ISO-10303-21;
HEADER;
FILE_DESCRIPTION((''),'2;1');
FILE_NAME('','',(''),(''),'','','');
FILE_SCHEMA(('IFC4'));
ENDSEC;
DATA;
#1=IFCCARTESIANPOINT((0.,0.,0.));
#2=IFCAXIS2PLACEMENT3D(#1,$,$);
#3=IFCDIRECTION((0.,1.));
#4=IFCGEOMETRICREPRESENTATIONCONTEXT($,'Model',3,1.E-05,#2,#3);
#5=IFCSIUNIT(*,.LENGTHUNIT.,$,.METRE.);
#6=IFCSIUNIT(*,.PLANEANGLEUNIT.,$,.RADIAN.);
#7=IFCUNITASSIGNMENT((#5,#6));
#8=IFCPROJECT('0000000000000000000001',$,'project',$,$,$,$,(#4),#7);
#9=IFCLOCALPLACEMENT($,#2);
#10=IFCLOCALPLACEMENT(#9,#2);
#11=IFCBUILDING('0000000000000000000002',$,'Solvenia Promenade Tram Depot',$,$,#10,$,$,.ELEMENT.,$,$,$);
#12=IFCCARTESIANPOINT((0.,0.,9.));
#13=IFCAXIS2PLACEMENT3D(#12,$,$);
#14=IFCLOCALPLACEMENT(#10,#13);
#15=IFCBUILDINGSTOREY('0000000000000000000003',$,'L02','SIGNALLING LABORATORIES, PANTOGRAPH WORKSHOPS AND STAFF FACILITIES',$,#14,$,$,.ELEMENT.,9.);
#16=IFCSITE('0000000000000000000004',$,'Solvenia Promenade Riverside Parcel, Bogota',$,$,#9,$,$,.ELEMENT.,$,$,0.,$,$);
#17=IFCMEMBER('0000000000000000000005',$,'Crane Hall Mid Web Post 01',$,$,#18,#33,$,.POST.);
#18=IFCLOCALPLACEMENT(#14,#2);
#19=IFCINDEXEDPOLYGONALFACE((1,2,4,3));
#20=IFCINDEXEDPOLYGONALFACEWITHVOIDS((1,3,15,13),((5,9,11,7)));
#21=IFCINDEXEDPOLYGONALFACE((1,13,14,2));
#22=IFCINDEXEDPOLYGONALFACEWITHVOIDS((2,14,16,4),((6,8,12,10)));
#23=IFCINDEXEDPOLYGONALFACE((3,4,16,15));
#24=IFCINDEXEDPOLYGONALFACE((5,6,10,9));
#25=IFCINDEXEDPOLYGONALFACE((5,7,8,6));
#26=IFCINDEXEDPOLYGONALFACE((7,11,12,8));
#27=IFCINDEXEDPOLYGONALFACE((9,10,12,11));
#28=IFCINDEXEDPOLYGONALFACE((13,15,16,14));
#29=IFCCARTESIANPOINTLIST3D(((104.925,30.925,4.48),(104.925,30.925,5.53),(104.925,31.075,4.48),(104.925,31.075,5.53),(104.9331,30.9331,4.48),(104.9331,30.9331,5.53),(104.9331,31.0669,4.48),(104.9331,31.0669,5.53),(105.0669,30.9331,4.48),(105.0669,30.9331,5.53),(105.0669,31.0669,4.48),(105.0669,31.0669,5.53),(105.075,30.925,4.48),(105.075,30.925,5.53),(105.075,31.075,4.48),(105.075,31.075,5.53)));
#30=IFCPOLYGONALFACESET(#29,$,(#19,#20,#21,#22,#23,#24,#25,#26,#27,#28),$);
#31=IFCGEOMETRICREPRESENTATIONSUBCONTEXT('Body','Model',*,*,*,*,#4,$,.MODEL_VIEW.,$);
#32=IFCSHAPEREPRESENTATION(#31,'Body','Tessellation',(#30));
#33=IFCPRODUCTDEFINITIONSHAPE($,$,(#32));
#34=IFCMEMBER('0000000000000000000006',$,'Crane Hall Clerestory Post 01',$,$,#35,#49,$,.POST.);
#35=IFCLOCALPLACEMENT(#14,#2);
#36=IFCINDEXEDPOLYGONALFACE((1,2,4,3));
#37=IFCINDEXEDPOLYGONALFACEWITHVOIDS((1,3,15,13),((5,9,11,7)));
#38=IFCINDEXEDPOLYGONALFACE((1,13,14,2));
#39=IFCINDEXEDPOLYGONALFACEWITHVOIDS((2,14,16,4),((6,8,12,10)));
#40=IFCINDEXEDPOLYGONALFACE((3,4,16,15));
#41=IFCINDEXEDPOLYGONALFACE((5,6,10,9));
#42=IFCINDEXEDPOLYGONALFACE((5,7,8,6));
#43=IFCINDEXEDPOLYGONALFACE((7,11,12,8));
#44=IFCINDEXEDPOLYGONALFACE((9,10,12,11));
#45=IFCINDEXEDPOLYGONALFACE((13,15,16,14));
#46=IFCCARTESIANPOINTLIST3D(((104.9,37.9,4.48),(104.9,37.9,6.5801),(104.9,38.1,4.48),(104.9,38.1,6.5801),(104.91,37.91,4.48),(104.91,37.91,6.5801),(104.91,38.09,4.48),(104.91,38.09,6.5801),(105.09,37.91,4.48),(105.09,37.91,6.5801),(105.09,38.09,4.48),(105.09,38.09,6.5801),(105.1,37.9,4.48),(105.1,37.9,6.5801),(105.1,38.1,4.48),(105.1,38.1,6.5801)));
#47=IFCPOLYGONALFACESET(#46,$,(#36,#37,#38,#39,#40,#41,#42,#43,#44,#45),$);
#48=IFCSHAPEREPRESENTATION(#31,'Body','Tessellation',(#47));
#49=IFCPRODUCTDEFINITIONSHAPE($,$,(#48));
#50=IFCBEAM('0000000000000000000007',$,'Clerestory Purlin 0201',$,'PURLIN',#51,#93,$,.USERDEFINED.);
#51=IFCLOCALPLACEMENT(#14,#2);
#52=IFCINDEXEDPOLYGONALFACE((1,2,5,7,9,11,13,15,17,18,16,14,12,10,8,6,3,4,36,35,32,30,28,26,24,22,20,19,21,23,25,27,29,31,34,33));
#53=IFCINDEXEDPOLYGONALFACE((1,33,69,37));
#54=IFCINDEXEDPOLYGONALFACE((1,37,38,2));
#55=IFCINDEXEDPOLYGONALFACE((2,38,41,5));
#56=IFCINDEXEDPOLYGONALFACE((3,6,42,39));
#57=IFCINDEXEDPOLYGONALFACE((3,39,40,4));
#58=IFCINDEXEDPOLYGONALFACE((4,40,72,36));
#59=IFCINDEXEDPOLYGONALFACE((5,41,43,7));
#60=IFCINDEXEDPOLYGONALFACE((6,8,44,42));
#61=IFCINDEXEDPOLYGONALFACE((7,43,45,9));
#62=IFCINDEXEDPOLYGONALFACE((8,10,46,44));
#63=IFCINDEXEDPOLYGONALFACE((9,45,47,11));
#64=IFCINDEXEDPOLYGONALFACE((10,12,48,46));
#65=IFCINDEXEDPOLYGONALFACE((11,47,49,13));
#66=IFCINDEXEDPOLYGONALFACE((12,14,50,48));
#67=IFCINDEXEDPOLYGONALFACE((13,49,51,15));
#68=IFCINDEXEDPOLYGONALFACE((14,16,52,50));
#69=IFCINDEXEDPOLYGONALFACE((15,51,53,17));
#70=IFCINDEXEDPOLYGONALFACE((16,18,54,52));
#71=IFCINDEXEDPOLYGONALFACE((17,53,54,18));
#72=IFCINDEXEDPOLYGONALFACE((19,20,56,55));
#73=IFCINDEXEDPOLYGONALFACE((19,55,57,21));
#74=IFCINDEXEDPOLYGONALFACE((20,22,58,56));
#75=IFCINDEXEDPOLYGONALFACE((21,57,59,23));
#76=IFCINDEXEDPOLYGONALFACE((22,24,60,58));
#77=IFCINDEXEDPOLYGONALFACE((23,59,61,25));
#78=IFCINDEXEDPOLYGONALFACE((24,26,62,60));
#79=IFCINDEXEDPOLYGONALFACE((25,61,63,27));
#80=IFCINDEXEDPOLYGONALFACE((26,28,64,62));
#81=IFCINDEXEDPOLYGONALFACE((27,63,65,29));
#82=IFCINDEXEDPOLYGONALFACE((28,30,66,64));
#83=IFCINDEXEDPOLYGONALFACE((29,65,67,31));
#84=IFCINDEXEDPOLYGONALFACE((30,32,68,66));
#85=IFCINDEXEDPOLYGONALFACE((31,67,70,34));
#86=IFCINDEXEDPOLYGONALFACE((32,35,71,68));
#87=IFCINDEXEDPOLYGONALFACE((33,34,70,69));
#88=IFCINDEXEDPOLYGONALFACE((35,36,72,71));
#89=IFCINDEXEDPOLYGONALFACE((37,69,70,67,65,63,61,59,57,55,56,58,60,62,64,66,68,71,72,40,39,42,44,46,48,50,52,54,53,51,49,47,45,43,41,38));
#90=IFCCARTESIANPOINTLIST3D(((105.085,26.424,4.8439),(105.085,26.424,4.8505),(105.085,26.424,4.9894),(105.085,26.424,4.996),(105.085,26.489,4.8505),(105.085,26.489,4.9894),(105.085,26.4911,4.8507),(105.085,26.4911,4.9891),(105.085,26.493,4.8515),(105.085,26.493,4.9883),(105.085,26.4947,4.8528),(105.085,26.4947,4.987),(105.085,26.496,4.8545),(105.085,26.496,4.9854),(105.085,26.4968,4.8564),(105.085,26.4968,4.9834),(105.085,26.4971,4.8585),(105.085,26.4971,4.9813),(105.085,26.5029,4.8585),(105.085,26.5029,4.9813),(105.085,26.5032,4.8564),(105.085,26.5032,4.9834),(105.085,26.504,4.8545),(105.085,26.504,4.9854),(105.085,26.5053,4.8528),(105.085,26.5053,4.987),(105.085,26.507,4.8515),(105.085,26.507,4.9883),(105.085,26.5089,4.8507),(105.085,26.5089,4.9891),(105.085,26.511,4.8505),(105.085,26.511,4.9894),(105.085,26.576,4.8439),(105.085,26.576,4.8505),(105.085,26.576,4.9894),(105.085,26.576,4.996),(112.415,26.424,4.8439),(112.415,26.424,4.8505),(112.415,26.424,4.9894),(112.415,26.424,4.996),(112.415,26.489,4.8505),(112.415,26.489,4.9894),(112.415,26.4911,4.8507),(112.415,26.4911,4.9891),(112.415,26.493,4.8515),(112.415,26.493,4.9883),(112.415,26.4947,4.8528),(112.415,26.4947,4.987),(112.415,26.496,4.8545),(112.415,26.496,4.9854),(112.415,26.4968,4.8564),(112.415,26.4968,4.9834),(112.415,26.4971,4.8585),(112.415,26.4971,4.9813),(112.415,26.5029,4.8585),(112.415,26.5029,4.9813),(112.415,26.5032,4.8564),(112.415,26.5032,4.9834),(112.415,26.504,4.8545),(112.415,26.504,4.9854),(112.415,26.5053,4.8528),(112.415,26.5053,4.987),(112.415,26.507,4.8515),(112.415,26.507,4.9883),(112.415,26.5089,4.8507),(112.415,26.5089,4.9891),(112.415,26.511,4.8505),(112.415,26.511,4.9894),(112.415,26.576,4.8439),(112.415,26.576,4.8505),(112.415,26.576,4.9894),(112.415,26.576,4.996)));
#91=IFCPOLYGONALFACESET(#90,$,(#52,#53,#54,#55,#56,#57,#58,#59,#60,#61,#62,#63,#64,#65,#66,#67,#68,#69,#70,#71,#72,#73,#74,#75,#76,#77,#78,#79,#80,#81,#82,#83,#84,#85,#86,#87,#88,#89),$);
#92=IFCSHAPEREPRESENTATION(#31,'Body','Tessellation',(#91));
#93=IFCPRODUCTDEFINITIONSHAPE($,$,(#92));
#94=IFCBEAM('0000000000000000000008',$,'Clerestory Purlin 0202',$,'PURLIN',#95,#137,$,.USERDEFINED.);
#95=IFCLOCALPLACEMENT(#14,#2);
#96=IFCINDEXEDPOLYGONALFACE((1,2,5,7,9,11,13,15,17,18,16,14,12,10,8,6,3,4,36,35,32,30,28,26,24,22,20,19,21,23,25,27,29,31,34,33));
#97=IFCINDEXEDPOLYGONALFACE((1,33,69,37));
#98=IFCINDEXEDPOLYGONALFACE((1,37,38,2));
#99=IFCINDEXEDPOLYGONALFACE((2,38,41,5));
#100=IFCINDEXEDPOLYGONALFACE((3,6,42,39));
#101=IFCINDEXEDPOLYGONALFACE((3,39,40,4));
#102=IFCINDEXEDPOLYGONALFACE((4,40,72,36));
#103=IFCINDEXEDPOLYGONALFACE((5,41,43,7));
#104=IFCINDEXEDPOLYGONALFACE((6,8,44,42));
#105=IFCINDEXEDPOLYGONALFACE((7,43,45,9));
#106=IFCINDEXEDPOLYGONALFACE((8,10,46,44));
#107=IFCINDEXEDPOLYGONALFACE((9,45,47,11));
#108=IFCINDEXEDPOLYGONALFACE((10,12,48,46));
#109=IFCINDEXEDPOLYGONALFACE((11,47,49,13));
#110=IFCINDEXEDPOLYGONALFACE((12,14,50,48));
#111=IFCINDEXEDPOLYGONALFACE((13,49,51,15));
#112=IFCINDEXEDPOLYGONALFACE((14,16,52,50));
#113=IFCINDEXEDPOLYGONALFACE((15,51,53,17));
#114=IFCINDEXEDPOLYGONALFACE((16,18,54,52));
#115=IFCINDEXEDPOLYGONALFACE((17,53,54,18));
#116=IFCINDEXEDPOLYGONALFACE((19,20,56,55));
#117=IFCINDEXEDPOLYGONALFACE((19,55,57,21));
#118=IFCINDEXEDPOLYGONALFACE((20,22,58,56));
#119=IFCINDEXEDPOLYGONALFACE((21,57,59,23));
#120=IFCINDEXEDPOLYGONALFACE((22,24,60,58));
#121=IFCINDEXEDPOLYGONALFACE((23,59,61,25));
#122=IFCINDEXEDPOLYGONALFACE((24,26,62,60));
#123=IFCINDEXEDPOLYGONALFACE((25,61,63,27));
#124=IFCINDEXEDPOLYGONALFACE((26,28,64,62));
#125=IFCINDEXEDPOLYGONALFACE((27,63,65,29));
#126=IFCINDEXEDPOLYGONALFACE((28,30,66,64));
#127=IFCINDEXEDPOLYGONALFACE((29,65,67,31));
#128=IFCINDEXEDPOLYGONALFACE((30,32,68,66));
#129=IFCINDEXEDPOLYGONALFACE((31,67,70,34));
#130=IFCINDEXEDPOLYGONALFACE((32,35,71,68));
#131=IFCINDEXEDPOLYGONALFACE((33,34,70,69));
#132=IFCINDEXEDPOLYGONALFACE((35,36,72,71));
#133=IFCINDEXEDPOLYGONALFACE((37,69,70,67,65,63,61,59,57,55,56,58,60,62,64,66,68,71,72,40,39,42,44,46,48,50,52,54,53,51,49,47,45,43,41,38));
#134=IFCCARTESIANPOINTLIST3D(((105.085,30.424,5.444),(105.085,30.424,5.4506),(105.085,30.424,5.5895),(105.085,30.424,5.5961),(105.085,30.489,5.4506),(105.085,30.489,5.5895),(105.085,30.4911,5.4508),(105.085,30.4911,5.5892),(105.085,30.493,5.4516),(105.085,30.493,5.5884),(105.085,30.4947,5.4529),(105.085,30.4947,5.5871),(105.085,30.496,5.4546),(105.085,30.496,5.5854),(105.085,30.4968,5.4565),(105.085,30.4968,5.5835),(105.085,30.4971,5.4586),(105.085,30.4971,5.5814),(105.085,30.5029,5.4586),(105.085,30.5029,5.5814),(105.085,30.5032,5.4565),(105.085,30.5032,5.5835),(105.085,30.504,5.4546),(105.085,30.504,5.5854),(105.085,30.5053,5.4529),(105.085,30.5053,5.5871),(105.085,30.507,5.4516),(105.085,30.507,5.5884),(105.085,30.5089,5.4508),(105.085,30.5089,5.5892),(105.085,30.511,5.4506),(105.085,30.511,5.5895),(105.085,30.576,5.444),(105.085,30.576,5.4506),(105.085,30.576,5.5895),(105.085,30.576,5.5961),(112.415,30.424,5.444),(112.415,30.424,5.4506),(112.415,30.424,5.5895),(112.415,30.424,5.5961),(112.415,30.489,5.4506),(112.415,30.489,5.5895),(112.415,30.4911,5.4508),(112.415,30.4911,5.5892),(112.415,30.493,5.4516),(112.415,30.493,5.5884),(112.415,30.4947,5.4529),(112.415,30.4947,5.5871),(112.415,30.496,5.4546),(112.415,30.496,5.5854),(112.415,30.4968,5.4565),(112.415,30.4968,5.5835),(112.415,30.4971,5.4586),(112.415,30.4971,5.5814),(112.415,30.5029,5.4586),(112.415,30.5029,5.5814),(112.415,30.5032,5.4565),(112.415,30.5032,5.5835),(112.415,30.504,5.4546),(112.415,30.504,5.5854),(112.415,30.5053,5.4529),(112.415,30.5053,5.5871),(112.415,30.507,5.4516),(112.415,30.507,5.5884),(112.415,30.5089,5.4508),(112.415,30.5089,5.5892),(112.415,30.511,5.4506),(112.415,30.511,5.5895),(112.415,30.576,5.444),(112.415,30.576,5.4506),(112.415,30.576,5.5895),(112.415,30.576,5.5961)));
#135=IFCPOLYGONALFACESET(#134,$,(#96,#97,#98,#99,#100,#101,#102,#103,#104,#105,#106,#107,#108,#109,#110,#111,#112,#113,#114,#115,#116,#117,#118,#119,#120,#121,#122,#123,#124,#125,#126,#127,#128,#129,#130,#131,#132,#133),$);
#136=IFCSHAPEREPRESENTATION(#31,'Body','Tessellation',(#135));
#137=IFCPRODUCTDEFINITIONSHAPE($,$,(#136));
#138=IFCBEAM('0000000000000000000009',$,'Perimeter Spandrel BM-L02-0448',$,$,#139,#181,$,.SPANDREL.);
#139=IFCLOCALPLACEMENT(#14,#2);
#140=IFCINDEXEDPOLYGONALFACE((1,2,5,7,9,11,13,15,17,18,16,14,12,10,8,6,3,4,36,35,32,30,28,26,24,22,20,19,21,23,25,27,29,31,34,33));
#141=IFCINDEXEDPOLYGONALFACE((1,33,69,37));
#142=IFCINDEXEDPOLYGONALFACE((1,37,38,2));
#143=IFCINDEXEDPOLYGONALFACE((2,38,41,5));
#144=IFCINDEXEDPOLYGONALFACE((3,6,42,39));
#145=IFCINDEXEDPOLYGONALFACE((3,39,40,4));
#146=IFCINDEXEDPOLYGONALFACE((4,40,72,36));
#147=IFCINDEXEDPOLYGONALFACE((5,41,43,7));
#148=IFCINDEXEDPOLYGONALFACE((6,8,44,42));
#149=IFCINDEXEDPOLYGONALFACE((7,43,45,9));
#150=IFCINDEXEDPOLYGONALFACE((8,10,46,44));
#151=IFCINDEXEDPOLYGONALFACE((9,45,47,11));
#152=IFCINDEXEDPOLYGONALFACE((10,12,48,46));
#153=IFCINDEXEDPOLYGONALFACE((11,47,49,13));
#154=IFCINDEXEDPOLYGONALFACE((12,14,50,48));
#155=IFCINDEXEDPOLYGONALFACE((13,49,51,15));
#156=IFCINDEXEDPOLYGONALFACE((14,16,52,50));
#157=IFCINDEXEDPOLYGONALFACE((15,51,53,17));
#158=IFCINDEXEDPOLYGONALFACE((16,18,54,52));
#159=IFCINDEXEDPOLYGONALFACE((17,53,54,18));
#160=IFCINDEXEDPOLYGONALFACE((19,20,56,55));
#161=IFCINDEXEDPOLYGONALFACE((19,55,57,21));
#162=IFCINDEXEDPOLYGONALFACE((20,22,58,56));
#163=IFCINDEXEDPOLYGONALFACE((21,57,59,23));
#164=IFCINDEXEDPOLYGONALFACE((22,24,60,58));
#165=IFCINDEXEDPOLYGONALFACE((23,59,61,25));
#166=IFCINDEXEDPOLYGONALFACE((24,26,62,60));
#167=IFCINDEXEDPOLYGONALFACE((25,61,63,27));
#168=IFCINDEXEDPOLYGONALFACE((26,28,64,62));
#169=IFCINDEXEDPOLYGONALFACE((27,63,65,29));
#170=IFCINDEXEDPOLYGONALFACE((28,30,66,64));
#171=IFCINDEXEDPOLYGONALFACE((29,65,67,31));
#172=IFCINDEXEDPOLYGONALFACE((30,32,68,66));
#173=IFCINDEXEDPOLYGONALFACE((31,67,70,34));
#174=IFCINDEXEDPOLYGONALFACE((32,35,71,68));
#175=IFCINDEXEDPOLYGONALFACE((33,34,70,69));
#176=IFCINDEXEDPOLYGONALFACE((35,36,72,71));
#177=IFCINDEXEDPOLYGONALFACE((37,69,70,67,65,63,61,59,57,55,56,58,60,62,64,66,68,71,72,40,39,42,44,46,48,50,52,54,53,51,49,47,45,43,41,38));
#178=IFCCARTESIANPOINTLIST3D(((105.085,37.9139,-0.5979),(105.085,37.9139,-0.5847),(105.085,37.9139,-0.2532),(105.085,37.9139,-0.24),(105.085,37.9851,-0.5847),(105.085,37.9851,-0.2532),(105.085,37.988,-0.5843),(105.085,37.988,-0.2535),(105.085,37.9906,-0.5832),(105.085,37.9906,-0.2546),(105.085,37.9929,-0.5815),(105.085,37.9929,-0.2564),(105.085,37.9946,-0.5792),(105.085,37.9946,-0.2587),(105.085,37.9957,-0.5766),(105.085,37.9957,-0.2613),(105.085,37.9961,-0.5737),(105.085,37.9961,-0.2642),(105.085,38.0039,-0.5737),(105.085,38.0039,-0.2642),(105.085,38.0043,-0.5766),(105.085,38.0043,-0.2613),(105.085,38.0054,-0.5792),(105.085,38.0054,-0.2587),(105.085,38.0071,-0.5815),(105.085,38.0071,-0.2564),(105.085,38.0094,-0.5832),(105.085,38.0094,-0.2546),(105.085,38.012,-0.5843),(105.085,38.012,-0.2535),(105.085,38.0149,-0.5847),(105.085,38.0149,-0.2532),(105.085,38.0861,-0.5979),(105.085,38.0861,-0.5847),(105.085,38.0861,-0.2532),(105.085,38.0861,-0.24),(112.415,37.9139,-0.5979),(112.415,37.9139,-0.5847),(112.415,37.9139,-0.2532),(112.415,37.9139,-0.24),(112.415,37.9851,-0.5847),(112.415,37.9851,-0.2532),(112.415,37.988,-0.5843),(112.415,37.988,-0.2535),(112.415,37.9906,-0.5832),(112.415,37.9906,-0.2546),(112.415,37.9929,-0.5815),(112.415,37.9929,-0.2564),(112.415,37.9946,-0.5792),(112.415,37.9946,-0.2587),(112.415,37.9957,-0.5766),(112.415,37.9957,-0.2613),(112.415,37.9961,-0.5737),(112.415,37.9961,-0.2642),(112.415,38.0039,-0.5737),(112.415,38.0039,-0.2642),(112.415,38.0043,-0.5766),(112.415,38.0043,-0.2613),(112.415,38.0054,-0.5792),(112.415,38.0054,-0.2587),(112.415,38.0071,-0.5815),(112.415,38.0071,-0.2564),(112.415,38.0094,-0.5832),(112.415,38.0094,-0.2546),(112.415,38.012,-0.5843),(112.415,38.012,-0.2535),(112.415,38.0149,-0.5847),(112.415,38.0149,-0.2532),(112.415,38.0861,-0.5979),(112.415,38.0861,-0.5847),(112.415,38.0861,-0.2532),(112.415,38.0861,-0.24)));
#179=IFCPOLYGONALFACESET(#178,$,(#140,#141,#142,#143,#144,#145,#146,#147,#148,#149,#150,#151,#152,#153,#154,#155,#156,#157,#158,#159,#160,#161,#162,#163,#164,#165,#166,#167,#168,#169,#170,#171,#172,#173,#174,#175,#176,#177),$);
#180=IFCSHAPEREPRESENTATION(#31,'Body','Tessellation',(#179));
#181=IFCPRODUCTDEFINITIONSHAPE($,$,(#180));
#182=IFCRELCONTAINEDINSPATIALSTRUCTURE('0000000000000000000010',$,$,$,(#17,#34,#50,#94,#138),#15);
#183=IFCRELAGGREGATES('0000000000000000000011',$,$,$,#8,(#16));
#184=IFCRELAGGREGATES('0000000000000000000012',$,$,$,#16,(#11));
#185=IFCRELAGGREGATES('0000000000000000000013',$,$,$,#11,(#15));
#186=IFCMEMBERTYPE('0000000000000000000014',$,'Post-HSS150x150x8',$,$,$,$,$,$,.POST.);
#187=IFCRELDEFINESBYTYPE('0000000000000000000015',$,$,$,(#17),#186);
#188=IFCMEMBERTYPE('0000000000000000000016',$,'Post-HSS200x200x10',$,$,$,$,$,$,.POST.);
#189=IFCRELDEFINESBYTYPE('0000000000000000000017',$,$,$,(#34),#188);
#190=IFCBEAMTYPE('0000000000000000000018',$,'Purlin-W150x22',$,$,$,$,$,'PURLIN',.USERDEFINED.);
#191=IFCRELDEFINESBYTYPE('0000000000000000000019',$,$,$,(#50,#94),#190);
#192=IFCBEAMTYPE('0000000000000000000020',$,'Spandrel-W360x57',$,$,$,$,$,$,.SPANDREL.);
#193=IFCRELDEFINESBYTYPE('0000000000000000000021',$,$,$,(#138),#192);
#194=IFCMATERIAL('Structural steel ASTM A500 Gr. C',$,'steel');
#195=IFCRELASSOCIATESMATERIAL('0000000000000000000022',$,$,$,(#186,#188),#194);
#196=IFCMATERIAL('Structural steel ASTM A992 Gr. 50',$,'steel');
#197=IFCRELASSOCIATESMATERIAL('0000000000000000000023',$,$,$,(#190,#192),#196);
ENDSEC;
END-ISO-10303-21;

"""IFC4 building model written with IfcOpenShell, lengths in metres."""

from ifc_helpers import new_model, si_unit, direction, frame, origin, origin_2d, place, context, subcontext, project, spatial, hollow_rectangle, i_section, extrude, material, material_profile, profile_set, type_object, element, save


model = new_model("IFC4")

# Units and contexts
model_context = context("Model", 3, precision=1e-05, world=origin(), true_north=direction((0.0, 1.0)))
body_context = subcontext(model_context, "Body", "Model", "MODEL_VIEW")
ifc_project = project(units=[si_unit("LENGTHUNIT", "METRE"), si_unit("PLANEANGLEUNIT", "RADIAN")], contexts=[model_context])

# Site, building, storey
site_placement = place(None, origin())
site = spatial("IfcSite", under=ifc_project, at=site_placement, Name="Solvenia Promenade Riverside Parcel, Bogota", CompositionType="ELEMENT", RefElevation=0.0)
building_placement = place(site_placement, origin())
building = spatial("IfcBuilding", under=site, at=building_placement, Name="Solvenia Promenade Tram Depot", CompositionType="ELEMENT")
storey_placement = place(building_placement, frame((0.0, 0.0, 9.0)))
storey = spatial("IfcBuildingStorey", under=building, at=storey_placement, Name="L02", Description="SIGNALLING LABORATORIES, PANTOGRAPH WORKSHOPS AND STAFF FACILITIES", CompositionType="ELEMENT", Elevation=9.0)

# Shared definitions
ifc_material_1 = material(Name="Structural steel ASTM A992 Gr. 50", Category="steel")

# Shared definitions
ifc_material_2 = material(Name="Structural steel ASTM A500 Gr. C", Category="steel")

# Members
ifc_material_profile_1 = material_profile(ifc_material_2, hollow_rectangle(XDim=0.1499, YDim=0.1499, WallThickness=0.0081, at=origin_2d()), Name="HSS150x150x8", Category="steel")
ifc_profile_set_1 = profile_set([ifc_material_profile_1], Name="Structural steel ASTM A500 Gr. C")
member_type_1 = type_object("IfcMemberType", Name="Post-HSS150x150x8", PredefinedType="POST", material=ifc_profile_set_1)
member_1_placement = place(storey_placement, frame((105.0, 31.0, 4.48), z_axis=(0.0, 0.0, 1.0), x_axis=(1.0, 0.0, 0.0)))
element("IfcMember", 1, at=member_1_placement, inside=storey, type_object=member_type_1, Name="Crane Hall Mid Web Post 01", PredefinedType="POST", context=body_context, shape_type="SweptSolid", body=[
    extrude(hollow_rectangle(XDim=0.1499, YDim=0.1499, WallThickness=0.0081, at=origin_2d()), origin(), (0.0, 0.0, 1.0), 1.05),
])
ifc_material_profile_2 = material_profile(ifc_material_2, hollow_rectangle(XDim=0.2, YDim=0.2, WallThickness=0.01, at=origin_2d()), Name="HSS200x200x10", Category="steel")
ifc_profile_set_2 = profile_set([ifc_material_profile_2], Name="Structural steel ASTM A500 Gr. C")
member_type_2 = type_object("IfcMemberType", Name="Post-HSS200x200x10", PredefinedType="POST", material=ifc_profile_set_2)
member_2_placement = place(storey_placement, frame((105.0, 38.0, 4.48), z_axis=(0.0, 0.0, 1.0), x_axis=(1.0, 0.0, 0.0)))
element("IfcMember", 2, at=member_2_placement, inside=storey, type_object=member_type_2, Name="Crane Hall Clerestory Post 01", PredefinedType="POST", context=body_context, shape_type="SweptSolid", body=[
    extrude(hollow_rectangle(XDim=0.2, YDim=0.2, WallThickness=0.01, at=origin_2d()), origin(), (0.0, 0.0, 1.0), 2.1001),
])

# Beams
ifc_material_profile_3 = material_profile(ifc_material_1, i_section(OverallWidth=0.1521, OverallDepth=0.1521, WebThickness=0.0059, FlangeThickness=0.0066, FilletRadius=0.0081, at=origin_2d()), Name="W150x22", Category="steel")
ifc_profile_set_3 = profile_set([ifc_material_profile_3], Name="Structural steel ASTM A992 Gr. 50")
beam_type_1 = type_object("IfcBeamType", Name="Purlin-W150x22", ElementType="PURLIN", PredefinedType="USERDEFINED", material=ifc_profile_set_3)
for number, where, z_axis, x_axis, name in (
    (3, (105.085, 26.5, 4.9199), (1.0, 0.0, 0.0), (0.0, 1.0, 0.0), "Clerestory Purlin 0201"),
    (4, (105.085, 30.5, 5.52), (1.0, 0.0, 0.0), (0.0, 1.0, 0.0), "Clerestory Purlin 0202"),
):
    element("IfcBeam", number, at=place(storey_placement, frame(where, z_axis=z_axis, x_axis=x_axis)), inside=storey, type_object=beam_type_1, Name=name, ObjectType="PURLIN", PredefinedType="USERDEFINED", context=body_context, shape_type="SweptSolid", body=[
        extrude(i_section(OverallWidth=0.1521, OverallDepth=0.1521, WebThickness=0.0059, FlangeThickness=0.0066, FilletRadius=0.0081, at=origin_2d()), origin(), (0.0, 0.0, 1.0), 7.3301),
    ])
ifc_material_profile_4 = material_profile(ifc_material_1, i_section(OverallWidth=0.1721, OverallDepth=0.3579, WebThickness=0.0078, FlangeThickness=0.0132, FilletRadius=0.011, at=origin_2d()), Name="W360x57", Category="steel")
ifc_profile_set_4 = profile_set([ifc_material_profile_4], Name="Structural steel ASTM A992 Gr. 50")
beam_type_2 = type_object("IfcBeamType", Name="Spandrel-W360x57", PredefinedType="SPANDREL", material=ifc_profile_set_4)
beam_1_placement = place(storey_placement, frame((105.085, 38.0, -0.4189), z_axis=(1.0, 0.0, 0.0), x_axis=(0.0, 1.0, 0.0)))
element("IfcBeam", 5, at=beam_1_placement, inside=storey, type_object=beam_type_2, Name="Perimeter Spandrel BM-L02-0448", PredefinedType="SPANDREL", context=body_context, shape_type="SweptSolid", body=[
    extrude(i_section(OverallWidth=0.1721, OverallDepth=0.3579, WebThickness=0.0078, FlangeThickness=0.0132, FilletRadius=0.011, at=origin_2d()), origin(), (0.0, 0.0, 1.0), 7.3301),
])

save(model, "model.ifc")
